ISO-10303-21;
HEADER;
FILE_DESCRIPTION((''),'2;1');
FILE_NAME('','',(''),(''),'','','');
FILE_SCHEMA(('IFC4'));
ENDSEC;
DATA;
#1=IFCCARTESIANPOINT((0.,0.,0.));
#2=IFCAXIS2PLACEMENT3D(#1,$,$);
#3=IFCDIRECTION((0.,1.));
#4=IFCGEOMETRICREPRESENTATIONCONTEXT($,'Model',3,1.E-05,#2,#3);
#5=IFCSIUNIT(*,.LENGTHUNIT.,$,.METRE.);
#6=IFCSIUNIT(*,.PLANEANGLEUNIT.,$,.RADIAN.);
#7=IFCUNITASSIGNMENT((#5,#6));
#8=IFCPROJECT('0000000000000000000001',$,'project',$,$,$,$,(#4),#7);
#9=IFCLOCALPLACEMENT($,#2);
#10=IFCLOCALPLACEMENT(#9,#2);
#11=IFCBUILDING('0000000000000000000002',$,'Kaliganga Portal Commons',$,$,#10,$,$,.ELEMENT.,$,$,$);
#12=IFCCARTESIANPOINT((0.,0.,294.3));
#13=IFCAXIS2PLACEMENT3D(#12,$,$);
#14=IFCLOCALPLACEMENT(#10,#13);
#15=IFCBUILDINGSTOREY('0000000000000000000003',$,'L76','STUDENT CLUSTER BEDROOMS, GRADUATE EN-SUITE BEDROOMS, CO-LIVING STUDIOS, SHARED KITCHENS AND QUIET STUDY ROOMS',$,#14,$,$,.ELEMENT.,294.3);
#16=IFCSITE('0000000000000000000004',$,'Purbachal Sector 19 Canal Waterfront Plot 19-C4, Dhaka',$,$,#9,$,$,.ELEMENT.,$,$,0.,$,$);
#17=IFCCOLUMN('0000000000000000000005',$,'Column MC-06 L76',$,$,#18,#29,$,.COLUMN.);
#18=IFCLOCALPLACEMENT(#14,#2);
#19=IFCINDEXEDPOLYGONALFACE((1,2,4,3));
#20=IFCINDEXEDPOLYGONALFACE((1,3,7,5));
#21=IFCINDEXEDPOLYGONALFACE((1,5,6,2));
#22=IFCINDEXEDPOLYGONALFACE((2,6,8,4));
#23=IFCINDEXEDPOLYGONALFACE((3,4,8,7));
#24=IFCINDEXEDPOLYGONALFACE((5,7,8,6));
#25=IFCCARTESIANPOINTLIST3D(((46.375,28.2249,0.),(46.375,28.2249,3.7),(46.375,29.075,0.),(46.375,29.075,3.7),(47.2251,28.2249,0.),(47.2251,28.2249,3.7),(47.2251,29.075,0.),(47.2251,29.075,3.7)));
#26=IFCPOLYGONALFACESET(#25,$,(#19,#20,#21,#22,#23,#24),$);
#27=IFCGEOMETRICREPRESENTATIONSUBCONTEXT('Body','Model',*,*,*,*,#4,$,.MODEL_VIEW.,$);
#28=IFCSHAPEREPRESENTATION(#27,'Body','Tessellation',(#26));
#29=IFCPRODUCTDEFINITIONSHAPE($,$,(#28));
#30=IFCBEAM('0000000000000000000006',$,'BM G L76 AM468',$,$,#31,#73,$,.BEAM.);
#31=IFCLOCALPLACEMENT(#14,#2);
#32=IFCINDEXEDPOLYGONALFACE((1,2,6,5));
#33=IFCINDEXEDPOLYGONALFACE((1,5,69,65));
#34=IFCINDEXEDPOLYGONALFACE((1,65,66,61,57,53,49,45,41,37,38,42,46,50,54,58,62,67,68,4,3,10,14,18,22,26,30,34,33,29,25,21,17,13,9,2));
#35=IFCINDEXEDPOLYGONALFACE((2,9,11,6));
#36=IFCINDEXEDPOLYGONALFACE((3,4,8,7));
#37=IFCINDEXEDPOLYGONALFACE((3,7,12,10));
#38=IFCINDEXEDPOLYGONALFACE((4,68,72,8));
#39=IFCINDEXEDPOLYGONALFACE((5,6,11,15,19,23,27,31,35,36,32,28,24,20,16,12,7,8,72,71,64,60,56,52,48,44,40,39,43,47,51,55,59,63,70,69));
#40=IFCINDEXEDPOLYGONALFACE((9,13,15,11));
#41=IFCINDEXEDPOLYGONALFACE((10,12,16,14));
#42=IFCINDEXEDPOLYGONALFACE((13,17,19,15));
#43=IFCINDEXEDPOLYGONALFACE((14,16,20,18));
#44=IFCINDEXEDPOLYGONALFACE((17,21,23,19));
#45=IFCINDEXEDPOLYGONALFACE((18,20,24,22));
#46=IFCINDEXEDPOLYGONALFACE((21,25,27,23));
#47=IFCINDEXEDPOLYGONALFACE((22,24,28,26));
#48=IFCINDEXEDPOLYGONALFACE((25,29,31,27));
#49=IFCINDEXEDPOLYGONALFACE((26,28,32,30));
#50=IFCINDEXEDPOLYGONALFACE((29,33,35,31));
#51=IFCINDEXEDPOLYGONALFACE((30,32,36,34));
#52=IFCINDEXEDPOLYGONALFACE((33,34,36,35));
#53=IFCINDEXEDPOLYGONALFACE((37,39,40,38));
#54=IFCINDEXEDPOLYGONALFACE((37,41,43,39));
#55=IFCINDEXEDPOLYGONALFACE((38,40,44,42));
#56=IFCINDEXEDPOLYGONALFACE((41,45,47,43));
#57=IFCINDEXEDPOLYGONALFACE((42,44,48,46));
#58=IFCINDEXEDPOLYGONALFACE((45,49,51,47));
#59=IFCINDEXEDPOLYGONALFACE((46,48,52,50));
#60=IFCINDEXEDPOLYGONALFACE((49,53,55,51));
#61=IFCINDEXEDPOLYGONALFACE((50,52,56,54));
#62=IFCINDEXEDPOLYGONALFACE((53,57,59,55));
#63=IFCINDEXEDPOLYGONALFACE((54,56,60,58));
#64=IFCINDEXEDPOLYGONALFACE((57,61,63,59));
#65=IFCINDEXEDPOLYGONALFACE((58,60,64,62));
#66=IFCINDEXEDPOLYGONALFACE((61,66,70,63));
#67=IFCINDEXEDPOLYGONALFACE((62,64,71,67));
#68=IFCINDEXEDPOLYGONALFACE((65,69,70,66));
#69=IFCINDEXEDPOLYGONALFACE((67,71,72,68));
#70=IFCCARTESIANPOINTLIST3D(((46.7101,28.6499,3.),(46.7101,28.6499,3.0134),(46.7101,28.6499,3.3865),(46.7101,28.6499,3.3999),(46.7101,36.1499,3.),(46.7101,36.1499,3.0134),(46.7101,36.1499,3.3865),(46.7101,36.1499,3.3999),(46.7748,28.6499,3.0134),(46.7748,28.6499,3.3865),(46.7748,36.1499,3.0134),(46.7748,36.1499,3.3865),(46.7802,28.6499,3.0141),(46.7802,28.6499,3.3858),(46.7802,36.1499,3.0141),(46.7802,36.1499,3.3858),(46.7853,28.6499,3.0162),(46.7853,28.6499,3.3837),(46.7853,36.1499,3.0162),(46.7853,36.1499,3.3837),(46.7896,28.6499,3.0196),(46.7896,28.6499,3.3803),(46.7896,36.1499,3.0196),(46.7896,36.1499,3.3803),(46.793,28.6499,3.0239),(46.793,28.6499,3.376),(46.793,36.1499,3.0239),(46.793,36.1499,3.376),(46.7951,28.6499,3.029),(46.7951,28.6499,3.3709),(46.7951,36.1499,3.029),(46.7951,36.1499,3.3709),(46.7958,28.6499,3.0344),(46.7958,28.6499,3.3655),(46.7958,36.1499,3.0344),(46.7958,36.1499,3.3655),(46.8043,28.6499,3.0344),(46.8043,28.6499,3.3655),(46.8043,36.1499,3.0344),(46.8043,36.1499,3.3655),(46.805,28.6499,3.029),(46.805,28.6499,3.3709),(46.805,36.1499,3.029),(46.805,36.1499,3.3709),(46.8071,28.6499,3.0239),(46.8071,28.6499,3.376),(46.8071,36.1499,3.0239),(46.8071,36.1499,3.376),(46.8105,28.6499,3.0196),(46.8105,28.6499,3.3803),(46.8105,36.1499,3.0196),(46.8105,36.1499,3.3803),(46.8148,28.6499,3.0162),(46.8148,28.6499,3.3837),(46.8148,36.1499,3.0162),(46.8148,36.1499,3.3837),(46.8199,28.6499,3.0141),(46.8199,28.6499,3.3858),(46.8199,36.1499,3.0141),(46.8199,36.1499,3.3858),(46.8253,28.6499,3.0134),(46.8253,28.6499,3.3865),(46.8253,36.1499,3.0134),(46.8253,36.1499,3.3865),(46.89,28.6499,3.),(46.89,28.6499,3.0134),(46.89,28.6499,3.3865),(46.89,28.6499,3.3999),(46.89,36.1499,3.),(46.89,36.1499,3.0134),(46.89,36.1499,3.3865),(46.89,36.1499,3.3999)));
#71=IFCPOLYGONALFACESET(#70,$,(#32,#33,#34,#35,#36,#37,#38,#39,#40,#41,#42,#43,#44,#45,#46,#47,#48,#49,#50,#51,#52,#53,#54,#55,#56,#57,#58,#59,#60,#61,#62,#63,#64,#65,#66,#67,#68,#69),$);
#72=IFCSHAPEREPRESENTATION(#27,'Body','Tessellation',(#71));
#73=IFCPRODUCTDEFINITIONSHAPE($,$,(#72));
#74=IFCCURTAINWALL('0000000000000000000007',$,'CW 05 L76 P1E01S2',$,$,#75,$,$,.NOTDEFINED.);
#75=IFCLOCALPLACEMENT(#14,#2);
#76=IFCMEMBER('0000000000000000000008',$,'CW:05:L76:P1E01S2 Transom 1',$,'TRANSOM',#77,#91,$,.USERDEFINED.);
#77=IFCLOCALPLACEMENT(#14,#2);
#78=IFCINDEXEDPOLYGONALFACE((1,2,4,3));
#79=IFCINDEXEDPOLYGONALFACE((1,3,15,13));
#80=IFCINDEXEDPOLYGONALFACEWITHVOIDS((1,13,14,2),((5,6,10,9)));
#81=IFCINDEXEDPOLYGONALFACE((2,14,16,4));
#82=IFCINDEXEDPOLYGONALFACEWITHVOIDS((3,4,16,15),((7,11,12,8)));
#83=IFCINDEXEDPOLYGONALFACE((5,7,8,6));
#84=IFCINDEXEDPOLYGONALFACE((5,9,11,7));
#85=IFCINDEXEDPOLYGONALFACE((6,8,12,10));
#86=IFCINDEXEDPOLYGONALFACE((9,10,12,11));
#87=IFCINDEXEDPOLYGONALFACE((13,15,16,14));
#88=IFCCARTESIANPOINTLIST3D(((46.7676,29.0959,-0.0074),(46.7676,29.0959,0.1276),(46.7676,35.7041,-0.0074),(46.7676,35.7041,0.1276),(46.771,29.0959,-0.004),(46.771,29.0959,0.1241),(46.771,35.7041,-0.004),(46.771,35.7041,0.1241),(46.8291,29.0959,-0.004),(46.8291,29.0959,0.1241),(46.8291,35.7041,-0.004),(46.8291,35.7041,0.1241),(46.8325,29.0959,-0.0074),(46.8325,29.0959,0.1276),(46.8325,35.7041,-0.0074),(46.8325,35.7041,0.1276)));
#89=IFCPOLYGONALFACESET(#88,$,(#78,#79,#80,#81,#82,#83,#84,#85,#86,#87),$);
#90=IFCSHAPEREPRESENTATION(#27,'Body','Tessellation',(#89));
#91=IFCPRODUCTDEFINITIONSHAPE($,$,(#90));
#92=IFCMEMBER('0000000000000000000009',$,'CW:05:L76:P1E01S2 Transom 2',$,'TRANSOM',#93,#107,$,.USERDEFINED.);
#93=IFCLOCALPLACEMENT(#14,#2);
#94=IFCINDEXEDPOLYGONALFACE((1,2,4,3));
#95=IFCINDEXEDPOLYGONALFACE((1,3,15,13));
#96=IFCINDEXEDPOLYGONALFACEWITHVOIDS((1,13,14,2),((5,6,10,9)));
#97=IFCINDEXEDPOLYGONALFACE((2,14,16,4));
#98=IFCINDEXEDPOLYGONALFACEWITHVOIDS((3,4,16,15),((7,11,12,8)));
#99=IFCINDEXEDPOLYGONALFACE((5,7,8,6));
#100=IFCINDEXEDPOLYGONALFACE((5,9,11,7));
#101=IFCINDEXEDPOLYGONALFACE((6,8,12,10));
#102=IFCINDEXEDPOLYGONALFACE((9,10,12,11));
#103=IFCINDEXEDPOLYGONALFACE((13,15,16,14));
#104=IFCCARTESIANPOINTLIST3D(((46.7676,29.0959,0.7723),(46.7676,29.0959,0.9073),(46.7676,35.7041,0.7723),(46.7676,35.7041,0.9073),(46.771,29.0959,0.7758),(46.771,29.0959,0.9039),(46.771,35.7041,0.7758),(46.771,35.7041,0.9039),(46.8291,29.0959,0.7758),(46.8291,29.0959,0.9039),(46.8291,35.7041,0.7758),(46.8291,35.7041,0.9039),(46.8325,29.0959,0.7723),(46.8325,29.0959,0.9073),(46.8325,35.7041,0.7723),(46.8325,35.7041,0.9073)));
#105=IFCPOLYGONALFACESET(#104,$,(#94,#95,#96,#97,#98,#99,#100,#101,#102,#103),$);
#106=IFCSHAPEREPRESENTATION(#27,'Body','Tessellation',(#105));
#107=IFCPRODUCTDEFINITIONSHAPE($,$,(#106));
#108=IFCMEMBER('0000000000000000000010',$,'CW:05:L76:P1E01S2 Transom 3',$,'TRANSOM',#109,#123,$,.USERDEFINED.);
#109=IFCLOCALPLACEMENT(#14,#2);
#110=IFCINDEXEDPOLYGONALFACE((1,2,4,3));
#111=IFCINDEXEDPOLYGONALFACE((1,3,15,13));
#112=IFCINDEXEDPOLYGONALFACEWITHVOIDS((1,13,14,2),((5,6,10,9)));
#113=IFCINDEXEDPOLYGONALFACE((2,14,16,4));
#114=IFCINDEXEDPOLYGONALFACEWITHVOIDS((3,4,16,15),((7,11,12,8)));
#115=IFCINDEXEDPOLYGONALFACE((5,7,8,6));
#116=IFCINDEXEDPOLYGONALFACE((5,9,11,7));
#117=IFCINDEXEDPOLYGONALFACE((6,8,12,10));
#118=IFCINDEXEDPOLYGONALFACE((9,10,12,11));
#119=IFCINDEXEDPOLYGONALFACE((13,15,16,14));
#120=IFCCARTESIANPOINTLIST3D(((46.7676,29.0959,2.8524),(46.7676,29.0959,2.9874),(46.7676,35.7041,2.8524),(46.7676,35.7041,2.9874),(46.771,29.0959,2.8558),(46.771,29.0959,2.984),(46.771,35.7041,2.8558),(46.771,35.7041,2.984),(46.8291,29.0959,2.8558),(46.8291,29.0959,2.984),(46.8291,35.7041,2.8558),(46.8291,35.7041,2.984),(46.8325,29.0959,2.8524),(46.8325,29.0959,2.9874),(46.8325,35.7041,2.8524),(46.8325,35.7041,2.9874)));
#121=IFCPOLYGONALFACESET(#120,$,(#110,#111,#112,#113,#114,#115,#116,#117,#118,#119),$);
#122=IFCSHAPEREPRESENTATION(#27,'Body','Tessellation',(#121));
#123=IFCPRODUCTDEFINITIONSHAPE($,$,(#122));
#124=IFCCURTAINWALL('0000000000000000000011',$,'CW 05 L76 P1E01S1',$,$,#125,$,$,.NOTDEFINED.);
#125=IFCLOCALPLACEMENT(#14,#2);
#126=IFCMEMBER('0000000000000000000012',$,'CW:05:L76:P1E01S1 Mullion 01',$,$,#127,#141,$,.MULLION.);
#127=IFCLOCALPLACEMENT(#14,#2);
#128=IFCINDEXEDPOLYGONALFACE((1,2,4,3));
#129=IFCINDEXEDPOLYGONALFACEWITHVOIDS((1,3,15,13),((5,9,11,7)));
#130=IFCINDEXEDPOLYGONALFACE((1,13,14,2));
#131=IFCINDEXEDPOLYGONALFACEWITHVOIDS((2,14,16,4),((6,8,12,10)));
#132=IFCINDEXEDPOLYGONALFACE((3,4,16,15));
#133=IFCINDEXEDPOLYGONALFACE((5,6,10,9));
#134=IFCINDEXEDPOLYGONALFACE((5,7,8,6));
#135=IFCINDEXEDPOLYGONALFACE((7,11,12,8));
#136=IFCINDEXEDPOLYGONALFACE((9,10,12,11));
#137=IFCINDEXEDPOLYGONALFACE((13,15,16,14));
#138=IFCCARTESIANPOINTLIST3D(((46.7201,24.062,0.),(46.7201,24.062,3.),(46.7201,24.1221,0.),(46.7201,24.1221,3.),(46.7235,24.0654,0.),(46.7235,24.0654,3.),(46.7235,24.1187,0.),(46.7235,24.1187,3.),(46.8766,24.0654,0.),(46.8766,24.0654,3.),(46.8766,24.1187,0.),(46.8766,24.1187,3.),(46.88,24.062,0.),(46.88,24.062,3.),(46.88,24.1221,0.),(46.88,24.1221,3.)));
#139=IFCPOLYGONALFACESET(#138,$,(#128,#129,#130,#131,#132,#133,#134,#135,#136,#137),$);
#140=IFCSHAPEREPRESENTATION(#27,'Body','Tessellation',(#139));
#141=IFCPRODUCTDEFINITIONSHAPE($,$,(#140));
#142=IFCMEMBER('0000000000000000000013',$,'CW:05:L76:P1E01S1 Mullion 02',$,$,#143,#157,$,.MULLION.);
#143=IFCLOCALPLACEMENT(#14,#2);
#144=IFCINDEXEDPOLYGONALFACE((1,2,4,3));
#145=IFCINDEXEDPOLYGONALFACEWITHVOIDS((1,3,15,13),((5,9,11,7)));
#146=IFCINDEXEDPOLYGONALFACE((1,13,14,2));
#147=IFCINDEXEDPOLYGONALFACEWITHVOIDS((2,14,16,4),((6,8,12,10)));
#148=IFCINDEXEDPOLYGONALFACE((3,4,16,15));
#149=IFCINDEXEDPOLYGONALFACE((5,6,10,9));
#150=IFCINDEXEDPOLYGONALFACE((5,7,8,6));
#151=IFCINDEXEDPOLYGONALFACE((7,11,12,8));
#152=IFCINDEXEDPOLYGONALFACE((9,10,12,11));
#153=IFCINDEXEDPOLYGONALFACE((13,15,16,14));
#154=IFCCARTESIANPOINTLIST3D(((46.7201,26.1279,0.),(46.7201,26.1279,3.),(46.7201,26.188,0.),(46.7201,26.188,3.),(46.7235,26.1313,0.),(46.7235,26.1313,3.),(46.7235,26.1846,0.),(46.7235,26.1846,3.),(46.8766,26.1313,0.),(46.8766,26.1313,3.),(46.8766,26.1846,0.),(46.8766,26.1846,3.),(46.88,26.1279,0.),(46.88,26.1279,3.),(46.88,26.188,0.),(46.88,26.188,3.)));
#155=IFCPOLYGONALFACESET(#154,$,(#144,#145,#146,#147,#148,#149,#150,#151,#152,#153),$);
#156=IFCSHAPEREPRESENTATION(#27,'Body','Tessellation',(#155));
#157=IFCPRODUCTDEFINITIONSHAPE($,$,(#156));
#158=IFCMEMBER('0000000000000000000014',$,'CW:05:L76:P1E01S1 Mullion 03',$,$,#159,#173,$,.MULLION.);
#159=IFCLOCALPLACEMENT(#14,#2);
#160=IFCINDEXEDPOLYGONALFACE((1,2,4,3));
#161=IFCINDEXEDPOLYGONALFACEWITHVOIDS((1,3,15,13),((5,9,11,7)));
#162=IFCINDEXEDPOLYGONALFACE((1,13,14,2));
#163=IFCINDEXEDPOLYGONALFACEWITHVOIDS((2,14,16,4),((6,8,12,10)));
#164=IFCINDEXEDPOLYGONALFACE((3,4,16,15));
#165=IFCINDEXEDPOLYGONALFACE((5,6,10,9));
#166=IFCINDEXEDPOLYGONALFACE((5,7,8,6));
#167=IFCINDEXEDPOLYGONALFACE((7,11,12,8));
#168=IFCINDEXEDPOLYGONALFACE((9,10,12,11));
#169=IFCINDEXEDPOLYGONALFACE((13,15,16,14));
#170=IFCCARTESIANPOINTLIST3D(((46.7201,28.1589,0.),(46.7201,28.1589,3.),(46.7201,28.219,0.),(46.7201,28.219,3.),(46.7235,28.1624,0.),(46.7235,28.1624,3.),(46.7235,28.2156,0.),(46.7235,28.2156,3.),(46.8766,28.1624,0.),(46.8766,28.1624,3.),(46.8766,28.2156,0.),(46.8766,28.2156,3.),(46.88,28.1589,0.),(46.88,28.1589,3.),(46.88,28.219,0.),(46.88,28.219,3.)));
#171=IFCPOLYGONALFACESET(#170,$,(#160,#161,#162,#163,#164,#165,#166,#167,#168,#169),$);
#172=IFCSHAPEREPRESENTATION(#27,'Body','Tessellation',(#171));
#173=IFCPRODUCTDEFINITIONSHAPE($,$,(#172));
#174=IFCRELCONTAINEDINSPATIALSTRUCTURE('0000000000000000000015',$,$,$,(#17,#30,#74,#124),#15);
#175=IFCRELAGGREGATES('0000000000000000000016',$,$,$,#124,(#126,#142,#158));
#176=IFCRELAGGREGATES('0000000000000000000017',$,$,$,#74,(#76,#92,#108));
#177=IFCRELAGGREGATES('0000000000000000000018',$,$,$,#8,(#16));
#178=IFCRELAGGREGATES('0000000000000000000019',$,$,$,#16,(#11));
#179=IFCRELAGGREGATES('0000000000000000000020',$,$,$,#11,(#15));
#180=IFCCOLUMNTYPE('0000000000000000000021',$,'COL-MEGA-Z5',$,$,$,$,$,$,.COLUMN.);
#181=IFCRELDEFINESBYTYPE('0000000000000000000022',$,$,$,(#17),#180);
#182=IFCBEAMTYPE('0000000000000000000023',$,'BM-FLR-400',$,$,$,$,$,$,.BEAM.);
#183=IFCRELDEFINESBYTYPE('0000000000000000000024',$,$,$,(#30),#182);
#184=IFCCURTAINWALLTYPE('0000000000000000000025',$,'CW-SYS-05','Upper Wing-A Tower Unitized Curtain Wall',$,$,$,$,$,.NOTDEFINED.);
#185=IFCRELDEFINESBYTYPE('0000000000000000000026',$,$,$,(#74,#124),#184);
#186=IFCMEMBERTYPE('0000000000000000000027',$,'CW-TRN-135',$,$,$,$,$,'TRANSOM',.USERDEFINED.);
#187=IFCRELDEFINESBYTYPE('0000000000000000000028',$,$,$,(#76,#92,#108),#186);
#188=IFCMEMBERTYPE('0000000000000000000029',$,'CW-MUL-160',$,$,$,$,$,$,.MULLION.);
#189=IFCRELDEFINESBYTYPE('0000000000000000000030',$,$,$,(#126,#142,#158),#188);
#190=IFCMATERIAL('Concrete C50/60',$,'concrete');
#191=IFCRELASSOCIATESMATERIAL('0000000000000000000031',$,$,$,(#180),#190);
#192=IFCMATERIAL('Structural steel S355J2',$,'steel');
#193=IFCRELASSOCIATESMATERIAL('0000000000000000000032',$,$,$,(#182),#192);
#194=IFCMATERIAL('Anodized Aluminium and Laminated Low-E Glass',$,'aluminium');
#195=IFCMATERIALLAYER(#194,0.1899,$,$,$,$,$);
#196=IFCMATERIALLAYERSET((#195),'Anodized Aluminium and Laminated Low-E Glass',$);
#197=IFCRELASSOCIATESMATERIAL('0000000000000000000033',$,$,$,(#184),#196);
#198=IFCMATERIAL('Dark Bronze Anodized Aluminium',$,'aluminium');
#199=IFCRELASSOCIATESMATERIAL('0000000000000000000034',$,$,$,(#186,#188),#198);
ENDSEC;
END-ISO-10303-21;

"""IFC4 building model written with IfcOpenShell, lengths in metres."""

from ifc_helpers import new_model, si_unit, direction, frame, origin, origin_2d, place, context, subcontext, project, spatial, rectangle, hollow_rectangle, i_section, extrude, source, transform, mapped, material, layer, layer_set, material_profile, profile_set, type_object, element, aggregate, save


model = new_model("IFC4")

# Units and contexts
model_context = context("Model", 3, precision=1e-05, world=origin(), true_north=direction((0.0, 1.0)))
body_context = subcontext(model_context, "Body", "Model", "MODEL_VIEW")
ifc_project = project(units=[si_unit("LENGTHUNIT", "METRE"), si_unit("PLANEANGLEUNIT", "RADIAN")], contexts=[model_context])

# Site, building, storey
site_placement = place(None, origin())
site = spatial("IfcSite", under=ifc_project, at=site_placement, Name="Purbachal Sector 19 Canal Waterfront Plot 19-C4, Dhaka", CompositionType="ELEMENT", RefElevation=0.0)
building_placement = place(site_placement, origin())
building = spatial("IfcBuilding", under=site, at=building_placement, Name="Kaliganga Portal Commons", CompositionType="ELEMENT")
storey_placement = place(building_placement, frame((0.0, 0.0, 294.3)))
storey = spatial("IfcBuildingStorey", under=building, at=storey_placement, Name="L76", Description="STUDENT CLUSTER BEDROOMS, GRADUATE EN-SUITE BEDROOMS, CO-LIVING STUDIOS, SHARED KITCHENS AND QUIET STUDY ROOMS", CompositionType="ELEMENT", Elevation=294.3)

# Column
ifc_material_1 = material(Name="Concrete C50/60", Category="concrete")
ifc_material_profile_1 = material_profile(ifc_material_1, rectangle(XDim=0.8501, YDim=0.8501, at=origin_2d()), Name="RC 850x850")
ifc_profile_set_1 = profile_set([ifc_material_profile_1], Name="Concrete C50/60")
column_type = type_object("IfcColumnType", Name="COL-MEGA-Z5", PredefinedType="COLUMN", material=ifc_profile_set_1)
shared_shape_1 = source(origin(), body_context, "Body", "SweptSolid", [
    extrude(rectangle(XDim=0.8501, YDim=0.8501, at=origin_2d()), origin(), (0.0, 0.0, 1.0), 3.7),
])
column_placement = place(storey_placement, frame((46.8, 28.6499, 0.0), z_axis=(0.0, 0.0, 1.0), x_axis=(1.0, 0.0, 0.0)))
element("IfcColumn", 1, at=column_placement, inside=storey, type_object=column_type, Name="Column MC-06 L76", PredefinedType="COLUMN", context=body_context, shape_type="MappedRepresentation", body=[
    mapped(shared_shape_1, transform((0.0, 0.0, 0.0), x_axis=(1.0, 0.0, 0.0), y_axis=(0.0, 1.0, 0.0), z_axis=(0.0, 0.0, 1.0), scale=1.0)),
])

# Beam
ifc_material_2 = material(Name="Structural steel S355J2", Category="steel")
ifc_material_profile_2 = material_profile(ifc_material_2, i_section(OverallWidth=0.1799, OverallDepth=0.3999, WebThickness=0.0085, FlangeThickness=0.0134, FilletRadius=0.021, at=origin_2d()), Name="IPE 400")
ifc_profile_set_2 = profile_set([ifc_material_profile_2], Name="Structural steel S355J2 wide-flange")
beam_type = type_object("IfcBeamType", Name="BM-FLR-400", PredefinedType="BEAM", material=ifc_profile_set_2)
shared_shape_2 = source(origin(), body_context, "Body", "SweptSolid", [
    extrude(i_section(OverallWidth=0.1799, OverallDepth=0.3999, WebThickness=0.0085, FlangeThickness=0.0134, FilletRadius=0.021, at=origin_2d()), origin(), (0.0, 0.0, 1.0), 7.5),
])
beam_placement = place(storey_placement, frame((46.8, 28.6499, 3.2), z_axis=(0.0, 1.0, 0.0), x_axis=(-1.0, 0.0, 0.0)))
element("IfcBeam", 2, at=beam_placement, inside=storey, type_object=beam_type, Name="BM G L76 AM468", PredefinedType="BEAM", context=body_context, shape_type="MappedRepresentation", body=[
    mapped(shared_shape_2, transform((0.0, 0.0, 0.0), x_axis=(1.0, 0.0, 0.0), y_axis=(0.0, 1.0, 0.0), z_axis=(0.0, 0.0, 1.0), scale=1.0)),
])

# Curtain walls, members
ifc_material_3 = material(Name="Anodized Aluminium and Laminated Low-E Glass", Category="aluminium")
ifc_layer_1 = layer(ifc_material_3, 0.1899)
ifc_layer_set_1 = layer_set([ifc_layer_1], Name="Anodized Aluminium and Laminated Low-E Glass")
curtain_wall_type = type_object("IfcCurtainWallType", Name="CW-SYS-05", Description="Upper Wing-A Tower Unitized Curtain Wall", PredefinedType="NOTDEFINED", material=ifc_layer_set_1)
curtain_wall_1_placement = place(storey_placement, origin())
curtain_wall_1 = element("IfcCurtainWall", 3, at=curtain_wall_1_placement, inside=storey, type_object=curtain_wall_type, Name="CW 05 L76 P1E01S2", PredefinedType="NOTDEFINED")
ifc_material_4 = material(Name="Dark Bronze Anodized Aluminium", Category="aluminium")
ifc_material_profile_3 = material_profile(ifc_material_4, hollow_rectangle(XDim=0.0649, YDim=0.135, WallThickness=0.0034, at=origin_2d()), Name="ALU TRAN 65x135x3.5")
ifc_profile_set_3 = profile_set([ifc_material_profile_3], Name="Dark Bronze Anodized Aluminium")
member_type_1 = type_object("IfcMemberType", Name="CW-TRN-135", ElementType="TRANSOM", PredefinedType="USERDEFINED", material=ifc_profile_set_3)
shared_shape_3 = source(origin(), body_context, "Body", "SweptSolid", [
    extrude(hollow_rectangle(XDim=0.0649, YDim=0.135, WallThickness=0.0034, at=origin_2d()), origin(), (0.0, 0.0, 1.0), 6.6082),
])
member_1_placement = place(storey_placement, frame((46.8, 29.0959, 0.0601), z_axis=(0.0, 1.0, 0.0), x_axis=(-1.0, 0.0, 0.0)))
member_1 = element("IfcMember", 4, at=member_1_placement, type_object=member_type_1, Name="CW:05:L76:P1E01S2 Transom 1", ObjectType="TRANSOM", PredefinedType="USERDEFINED", context=body_context, shape_type="MappedRepresentation", body=[
    mapped(shared_shape_3, transform((0.0, 0.0, 0.0), x_axis=(1.0, 0.0, 0.0), y_axis=(0.0, 1.0, 0.0), z_axis=(0.0, 0.0, 1.0), scale=1.0)),
])
member_2_placement = place(storey_placement, frame((46.8, 29.0959, 0.8398), z_axis=(0.0, 1.0, 0.0), x_axis=(-1.0, 0.0, 0.0)))
member_2 = element("IfcMember", 5, at=member_2_placement, type_object=member_type_1, Name="CW:05:L76:P1E01S2 Transom 2", ObjectType="TRANSOM", PredefinedType="USERDEFINED", context=body_context, shape_type="MappedRepresentation", body=[
    mapped(shared_shape_3, transform((0.0, 0.0, 0.0), x_axis=(1.0, 0.0, 0.0), y_axis=(0.0, 1.0, 0.0), z_axis=(0.0, 0.0, 1.0), scale=1.0)),
])
member_3_placement = place(storey_placement, frame((46.8, 29.0959, 2.9199), z_axis=(0.0, 1.0, 0.0), x_axis=(-1.0, 0.0, 0.0)))
member_3 = element("IfcMember", 6, at=member_3_placement, type_object=member_type_1, Name="CW:05:L76:P1E01S2 Transom 3", ObjectType="TRANSOM", PredefinedType="USERDEFINED", context=body_context, shape_type="MappedRepresentation", body=[
    mapped(shared_shape_3, transform((0.0, 0.0, 0.0), x_axis=(1.0, 0.0, 0.0), y_axis=(0.0, 1.0, 0.0), z_axis=(0.0, 0.0, 1.0), scale=1.0)),
])
curtain_wall_2_placement = place(storey_placement, origin())
curtain_wall_2 = element("IfcCurtainWall", 7, at=curtain_wall_2_placement, inside=storey, type_object=curtain_wall_type, Name="CW 05 L76 P1E01S1", PredefinedType="NOTDEFINED")
ifc_material_profile_4 = material_profile(ifc_material_4, hollow_rectangle(XDim=0.0601, YDim=0.1599, WallThickness=0.0034, at=origin_2d()), Name="ALU MULL 60x160x3.5")
ifc_profile_set_4 = profile_set([ifc_material_profile_4], Name="Dark Bronze Anodized Aluminium")
member_type_2 = type_object("IfcMemberType", Name="CW-MUL-160", PredefinedType="MULLION", material=ifc_profile_set_4)
shared_shape_4 = source(origin(), body_context, "Body", "SweptSolid", [
    extrude(hollow_rectangle(XDim=0.0601, YDim=0.1599, WallThickness=0.0034, at=origin_2d()), origin(), (0.0, 0.0, 1.0), 3.0),
])
member_4_placement = place(storey_placement, frame((46.8, 24.092, 0.0), z_axis=(0.0, 0.0, 1.0), x_axis=(0.0, 1.0, 0.0)))
member_4 = element("IfcMember", 8, at=member_4_placement, type_object=member_type_2, Name="CW:05:L76:P1E01S1 Mullion 01", PredefinedType="MULLION", context=body_context, shape_type="MappedRepresentation", body=[
    mapped(shared_shape_4, transform((0.0, 0.0, 0.0), x_axis=(1.0, 0.0, 0.0), y_axis=(0.0, 1.0, 0.0), z_axis=(0.0, 0.0, 1.0), scale=1.0)),
])
member_5_placement = place(storey_placement, frame((46.8, 26.158, 0.0), z_axis=(0.0, 0.0, 1.0), x_axis=(0.0, 1.0, 0.0)))
member_5 = element("IfcMember", 9, at=member_5_placement, type_object=member_type_2, Name="CW:05:L76:P1E01S1 Mullion 02", PredefinedType="MULLION", context=body_context, shape_type="MappedRepresentation", body=[
    mapped(shared_shape_4, transform((0.0, 0.0, 0.0), x_axis=(1.0, 0.0, 0.0), y_axis=(0.0, 1.0, 0.0), z_axis=(0.0, 0.0, 1.0), scale=1.0)),
])
member_6_placement = place(storey_placement, frame((46.8, 28.189, 0.0), z_axis=(0.0, 0.0, 1.0), x_axis=(0.0, 1.0, 0.0)))
member_6 = element("IfcMember", 10, at=member_6_placement, type_object=member_type_2, Name="CW:05:L76:P1E01S1 Mullion 03", PredefinedType="MULLION", context=body_context, shape_type="MappedRepresentation", body=[
    mapped(shared_shape_4, transform((0.0, 0.0, 0.0), x_axis=(1.0, 0.0, 0.0), y_axis=(0.0, 1.0, 0.0), z_axis=(0.0, 0.0, 1.0), scale=1.0)),
])

aggregate(curtain_wall_2, [member_4, member_5, member_6])
aggregate(curtain_wall_1, [member_1, member_2, member_3])

save(model, "model.ifc")
